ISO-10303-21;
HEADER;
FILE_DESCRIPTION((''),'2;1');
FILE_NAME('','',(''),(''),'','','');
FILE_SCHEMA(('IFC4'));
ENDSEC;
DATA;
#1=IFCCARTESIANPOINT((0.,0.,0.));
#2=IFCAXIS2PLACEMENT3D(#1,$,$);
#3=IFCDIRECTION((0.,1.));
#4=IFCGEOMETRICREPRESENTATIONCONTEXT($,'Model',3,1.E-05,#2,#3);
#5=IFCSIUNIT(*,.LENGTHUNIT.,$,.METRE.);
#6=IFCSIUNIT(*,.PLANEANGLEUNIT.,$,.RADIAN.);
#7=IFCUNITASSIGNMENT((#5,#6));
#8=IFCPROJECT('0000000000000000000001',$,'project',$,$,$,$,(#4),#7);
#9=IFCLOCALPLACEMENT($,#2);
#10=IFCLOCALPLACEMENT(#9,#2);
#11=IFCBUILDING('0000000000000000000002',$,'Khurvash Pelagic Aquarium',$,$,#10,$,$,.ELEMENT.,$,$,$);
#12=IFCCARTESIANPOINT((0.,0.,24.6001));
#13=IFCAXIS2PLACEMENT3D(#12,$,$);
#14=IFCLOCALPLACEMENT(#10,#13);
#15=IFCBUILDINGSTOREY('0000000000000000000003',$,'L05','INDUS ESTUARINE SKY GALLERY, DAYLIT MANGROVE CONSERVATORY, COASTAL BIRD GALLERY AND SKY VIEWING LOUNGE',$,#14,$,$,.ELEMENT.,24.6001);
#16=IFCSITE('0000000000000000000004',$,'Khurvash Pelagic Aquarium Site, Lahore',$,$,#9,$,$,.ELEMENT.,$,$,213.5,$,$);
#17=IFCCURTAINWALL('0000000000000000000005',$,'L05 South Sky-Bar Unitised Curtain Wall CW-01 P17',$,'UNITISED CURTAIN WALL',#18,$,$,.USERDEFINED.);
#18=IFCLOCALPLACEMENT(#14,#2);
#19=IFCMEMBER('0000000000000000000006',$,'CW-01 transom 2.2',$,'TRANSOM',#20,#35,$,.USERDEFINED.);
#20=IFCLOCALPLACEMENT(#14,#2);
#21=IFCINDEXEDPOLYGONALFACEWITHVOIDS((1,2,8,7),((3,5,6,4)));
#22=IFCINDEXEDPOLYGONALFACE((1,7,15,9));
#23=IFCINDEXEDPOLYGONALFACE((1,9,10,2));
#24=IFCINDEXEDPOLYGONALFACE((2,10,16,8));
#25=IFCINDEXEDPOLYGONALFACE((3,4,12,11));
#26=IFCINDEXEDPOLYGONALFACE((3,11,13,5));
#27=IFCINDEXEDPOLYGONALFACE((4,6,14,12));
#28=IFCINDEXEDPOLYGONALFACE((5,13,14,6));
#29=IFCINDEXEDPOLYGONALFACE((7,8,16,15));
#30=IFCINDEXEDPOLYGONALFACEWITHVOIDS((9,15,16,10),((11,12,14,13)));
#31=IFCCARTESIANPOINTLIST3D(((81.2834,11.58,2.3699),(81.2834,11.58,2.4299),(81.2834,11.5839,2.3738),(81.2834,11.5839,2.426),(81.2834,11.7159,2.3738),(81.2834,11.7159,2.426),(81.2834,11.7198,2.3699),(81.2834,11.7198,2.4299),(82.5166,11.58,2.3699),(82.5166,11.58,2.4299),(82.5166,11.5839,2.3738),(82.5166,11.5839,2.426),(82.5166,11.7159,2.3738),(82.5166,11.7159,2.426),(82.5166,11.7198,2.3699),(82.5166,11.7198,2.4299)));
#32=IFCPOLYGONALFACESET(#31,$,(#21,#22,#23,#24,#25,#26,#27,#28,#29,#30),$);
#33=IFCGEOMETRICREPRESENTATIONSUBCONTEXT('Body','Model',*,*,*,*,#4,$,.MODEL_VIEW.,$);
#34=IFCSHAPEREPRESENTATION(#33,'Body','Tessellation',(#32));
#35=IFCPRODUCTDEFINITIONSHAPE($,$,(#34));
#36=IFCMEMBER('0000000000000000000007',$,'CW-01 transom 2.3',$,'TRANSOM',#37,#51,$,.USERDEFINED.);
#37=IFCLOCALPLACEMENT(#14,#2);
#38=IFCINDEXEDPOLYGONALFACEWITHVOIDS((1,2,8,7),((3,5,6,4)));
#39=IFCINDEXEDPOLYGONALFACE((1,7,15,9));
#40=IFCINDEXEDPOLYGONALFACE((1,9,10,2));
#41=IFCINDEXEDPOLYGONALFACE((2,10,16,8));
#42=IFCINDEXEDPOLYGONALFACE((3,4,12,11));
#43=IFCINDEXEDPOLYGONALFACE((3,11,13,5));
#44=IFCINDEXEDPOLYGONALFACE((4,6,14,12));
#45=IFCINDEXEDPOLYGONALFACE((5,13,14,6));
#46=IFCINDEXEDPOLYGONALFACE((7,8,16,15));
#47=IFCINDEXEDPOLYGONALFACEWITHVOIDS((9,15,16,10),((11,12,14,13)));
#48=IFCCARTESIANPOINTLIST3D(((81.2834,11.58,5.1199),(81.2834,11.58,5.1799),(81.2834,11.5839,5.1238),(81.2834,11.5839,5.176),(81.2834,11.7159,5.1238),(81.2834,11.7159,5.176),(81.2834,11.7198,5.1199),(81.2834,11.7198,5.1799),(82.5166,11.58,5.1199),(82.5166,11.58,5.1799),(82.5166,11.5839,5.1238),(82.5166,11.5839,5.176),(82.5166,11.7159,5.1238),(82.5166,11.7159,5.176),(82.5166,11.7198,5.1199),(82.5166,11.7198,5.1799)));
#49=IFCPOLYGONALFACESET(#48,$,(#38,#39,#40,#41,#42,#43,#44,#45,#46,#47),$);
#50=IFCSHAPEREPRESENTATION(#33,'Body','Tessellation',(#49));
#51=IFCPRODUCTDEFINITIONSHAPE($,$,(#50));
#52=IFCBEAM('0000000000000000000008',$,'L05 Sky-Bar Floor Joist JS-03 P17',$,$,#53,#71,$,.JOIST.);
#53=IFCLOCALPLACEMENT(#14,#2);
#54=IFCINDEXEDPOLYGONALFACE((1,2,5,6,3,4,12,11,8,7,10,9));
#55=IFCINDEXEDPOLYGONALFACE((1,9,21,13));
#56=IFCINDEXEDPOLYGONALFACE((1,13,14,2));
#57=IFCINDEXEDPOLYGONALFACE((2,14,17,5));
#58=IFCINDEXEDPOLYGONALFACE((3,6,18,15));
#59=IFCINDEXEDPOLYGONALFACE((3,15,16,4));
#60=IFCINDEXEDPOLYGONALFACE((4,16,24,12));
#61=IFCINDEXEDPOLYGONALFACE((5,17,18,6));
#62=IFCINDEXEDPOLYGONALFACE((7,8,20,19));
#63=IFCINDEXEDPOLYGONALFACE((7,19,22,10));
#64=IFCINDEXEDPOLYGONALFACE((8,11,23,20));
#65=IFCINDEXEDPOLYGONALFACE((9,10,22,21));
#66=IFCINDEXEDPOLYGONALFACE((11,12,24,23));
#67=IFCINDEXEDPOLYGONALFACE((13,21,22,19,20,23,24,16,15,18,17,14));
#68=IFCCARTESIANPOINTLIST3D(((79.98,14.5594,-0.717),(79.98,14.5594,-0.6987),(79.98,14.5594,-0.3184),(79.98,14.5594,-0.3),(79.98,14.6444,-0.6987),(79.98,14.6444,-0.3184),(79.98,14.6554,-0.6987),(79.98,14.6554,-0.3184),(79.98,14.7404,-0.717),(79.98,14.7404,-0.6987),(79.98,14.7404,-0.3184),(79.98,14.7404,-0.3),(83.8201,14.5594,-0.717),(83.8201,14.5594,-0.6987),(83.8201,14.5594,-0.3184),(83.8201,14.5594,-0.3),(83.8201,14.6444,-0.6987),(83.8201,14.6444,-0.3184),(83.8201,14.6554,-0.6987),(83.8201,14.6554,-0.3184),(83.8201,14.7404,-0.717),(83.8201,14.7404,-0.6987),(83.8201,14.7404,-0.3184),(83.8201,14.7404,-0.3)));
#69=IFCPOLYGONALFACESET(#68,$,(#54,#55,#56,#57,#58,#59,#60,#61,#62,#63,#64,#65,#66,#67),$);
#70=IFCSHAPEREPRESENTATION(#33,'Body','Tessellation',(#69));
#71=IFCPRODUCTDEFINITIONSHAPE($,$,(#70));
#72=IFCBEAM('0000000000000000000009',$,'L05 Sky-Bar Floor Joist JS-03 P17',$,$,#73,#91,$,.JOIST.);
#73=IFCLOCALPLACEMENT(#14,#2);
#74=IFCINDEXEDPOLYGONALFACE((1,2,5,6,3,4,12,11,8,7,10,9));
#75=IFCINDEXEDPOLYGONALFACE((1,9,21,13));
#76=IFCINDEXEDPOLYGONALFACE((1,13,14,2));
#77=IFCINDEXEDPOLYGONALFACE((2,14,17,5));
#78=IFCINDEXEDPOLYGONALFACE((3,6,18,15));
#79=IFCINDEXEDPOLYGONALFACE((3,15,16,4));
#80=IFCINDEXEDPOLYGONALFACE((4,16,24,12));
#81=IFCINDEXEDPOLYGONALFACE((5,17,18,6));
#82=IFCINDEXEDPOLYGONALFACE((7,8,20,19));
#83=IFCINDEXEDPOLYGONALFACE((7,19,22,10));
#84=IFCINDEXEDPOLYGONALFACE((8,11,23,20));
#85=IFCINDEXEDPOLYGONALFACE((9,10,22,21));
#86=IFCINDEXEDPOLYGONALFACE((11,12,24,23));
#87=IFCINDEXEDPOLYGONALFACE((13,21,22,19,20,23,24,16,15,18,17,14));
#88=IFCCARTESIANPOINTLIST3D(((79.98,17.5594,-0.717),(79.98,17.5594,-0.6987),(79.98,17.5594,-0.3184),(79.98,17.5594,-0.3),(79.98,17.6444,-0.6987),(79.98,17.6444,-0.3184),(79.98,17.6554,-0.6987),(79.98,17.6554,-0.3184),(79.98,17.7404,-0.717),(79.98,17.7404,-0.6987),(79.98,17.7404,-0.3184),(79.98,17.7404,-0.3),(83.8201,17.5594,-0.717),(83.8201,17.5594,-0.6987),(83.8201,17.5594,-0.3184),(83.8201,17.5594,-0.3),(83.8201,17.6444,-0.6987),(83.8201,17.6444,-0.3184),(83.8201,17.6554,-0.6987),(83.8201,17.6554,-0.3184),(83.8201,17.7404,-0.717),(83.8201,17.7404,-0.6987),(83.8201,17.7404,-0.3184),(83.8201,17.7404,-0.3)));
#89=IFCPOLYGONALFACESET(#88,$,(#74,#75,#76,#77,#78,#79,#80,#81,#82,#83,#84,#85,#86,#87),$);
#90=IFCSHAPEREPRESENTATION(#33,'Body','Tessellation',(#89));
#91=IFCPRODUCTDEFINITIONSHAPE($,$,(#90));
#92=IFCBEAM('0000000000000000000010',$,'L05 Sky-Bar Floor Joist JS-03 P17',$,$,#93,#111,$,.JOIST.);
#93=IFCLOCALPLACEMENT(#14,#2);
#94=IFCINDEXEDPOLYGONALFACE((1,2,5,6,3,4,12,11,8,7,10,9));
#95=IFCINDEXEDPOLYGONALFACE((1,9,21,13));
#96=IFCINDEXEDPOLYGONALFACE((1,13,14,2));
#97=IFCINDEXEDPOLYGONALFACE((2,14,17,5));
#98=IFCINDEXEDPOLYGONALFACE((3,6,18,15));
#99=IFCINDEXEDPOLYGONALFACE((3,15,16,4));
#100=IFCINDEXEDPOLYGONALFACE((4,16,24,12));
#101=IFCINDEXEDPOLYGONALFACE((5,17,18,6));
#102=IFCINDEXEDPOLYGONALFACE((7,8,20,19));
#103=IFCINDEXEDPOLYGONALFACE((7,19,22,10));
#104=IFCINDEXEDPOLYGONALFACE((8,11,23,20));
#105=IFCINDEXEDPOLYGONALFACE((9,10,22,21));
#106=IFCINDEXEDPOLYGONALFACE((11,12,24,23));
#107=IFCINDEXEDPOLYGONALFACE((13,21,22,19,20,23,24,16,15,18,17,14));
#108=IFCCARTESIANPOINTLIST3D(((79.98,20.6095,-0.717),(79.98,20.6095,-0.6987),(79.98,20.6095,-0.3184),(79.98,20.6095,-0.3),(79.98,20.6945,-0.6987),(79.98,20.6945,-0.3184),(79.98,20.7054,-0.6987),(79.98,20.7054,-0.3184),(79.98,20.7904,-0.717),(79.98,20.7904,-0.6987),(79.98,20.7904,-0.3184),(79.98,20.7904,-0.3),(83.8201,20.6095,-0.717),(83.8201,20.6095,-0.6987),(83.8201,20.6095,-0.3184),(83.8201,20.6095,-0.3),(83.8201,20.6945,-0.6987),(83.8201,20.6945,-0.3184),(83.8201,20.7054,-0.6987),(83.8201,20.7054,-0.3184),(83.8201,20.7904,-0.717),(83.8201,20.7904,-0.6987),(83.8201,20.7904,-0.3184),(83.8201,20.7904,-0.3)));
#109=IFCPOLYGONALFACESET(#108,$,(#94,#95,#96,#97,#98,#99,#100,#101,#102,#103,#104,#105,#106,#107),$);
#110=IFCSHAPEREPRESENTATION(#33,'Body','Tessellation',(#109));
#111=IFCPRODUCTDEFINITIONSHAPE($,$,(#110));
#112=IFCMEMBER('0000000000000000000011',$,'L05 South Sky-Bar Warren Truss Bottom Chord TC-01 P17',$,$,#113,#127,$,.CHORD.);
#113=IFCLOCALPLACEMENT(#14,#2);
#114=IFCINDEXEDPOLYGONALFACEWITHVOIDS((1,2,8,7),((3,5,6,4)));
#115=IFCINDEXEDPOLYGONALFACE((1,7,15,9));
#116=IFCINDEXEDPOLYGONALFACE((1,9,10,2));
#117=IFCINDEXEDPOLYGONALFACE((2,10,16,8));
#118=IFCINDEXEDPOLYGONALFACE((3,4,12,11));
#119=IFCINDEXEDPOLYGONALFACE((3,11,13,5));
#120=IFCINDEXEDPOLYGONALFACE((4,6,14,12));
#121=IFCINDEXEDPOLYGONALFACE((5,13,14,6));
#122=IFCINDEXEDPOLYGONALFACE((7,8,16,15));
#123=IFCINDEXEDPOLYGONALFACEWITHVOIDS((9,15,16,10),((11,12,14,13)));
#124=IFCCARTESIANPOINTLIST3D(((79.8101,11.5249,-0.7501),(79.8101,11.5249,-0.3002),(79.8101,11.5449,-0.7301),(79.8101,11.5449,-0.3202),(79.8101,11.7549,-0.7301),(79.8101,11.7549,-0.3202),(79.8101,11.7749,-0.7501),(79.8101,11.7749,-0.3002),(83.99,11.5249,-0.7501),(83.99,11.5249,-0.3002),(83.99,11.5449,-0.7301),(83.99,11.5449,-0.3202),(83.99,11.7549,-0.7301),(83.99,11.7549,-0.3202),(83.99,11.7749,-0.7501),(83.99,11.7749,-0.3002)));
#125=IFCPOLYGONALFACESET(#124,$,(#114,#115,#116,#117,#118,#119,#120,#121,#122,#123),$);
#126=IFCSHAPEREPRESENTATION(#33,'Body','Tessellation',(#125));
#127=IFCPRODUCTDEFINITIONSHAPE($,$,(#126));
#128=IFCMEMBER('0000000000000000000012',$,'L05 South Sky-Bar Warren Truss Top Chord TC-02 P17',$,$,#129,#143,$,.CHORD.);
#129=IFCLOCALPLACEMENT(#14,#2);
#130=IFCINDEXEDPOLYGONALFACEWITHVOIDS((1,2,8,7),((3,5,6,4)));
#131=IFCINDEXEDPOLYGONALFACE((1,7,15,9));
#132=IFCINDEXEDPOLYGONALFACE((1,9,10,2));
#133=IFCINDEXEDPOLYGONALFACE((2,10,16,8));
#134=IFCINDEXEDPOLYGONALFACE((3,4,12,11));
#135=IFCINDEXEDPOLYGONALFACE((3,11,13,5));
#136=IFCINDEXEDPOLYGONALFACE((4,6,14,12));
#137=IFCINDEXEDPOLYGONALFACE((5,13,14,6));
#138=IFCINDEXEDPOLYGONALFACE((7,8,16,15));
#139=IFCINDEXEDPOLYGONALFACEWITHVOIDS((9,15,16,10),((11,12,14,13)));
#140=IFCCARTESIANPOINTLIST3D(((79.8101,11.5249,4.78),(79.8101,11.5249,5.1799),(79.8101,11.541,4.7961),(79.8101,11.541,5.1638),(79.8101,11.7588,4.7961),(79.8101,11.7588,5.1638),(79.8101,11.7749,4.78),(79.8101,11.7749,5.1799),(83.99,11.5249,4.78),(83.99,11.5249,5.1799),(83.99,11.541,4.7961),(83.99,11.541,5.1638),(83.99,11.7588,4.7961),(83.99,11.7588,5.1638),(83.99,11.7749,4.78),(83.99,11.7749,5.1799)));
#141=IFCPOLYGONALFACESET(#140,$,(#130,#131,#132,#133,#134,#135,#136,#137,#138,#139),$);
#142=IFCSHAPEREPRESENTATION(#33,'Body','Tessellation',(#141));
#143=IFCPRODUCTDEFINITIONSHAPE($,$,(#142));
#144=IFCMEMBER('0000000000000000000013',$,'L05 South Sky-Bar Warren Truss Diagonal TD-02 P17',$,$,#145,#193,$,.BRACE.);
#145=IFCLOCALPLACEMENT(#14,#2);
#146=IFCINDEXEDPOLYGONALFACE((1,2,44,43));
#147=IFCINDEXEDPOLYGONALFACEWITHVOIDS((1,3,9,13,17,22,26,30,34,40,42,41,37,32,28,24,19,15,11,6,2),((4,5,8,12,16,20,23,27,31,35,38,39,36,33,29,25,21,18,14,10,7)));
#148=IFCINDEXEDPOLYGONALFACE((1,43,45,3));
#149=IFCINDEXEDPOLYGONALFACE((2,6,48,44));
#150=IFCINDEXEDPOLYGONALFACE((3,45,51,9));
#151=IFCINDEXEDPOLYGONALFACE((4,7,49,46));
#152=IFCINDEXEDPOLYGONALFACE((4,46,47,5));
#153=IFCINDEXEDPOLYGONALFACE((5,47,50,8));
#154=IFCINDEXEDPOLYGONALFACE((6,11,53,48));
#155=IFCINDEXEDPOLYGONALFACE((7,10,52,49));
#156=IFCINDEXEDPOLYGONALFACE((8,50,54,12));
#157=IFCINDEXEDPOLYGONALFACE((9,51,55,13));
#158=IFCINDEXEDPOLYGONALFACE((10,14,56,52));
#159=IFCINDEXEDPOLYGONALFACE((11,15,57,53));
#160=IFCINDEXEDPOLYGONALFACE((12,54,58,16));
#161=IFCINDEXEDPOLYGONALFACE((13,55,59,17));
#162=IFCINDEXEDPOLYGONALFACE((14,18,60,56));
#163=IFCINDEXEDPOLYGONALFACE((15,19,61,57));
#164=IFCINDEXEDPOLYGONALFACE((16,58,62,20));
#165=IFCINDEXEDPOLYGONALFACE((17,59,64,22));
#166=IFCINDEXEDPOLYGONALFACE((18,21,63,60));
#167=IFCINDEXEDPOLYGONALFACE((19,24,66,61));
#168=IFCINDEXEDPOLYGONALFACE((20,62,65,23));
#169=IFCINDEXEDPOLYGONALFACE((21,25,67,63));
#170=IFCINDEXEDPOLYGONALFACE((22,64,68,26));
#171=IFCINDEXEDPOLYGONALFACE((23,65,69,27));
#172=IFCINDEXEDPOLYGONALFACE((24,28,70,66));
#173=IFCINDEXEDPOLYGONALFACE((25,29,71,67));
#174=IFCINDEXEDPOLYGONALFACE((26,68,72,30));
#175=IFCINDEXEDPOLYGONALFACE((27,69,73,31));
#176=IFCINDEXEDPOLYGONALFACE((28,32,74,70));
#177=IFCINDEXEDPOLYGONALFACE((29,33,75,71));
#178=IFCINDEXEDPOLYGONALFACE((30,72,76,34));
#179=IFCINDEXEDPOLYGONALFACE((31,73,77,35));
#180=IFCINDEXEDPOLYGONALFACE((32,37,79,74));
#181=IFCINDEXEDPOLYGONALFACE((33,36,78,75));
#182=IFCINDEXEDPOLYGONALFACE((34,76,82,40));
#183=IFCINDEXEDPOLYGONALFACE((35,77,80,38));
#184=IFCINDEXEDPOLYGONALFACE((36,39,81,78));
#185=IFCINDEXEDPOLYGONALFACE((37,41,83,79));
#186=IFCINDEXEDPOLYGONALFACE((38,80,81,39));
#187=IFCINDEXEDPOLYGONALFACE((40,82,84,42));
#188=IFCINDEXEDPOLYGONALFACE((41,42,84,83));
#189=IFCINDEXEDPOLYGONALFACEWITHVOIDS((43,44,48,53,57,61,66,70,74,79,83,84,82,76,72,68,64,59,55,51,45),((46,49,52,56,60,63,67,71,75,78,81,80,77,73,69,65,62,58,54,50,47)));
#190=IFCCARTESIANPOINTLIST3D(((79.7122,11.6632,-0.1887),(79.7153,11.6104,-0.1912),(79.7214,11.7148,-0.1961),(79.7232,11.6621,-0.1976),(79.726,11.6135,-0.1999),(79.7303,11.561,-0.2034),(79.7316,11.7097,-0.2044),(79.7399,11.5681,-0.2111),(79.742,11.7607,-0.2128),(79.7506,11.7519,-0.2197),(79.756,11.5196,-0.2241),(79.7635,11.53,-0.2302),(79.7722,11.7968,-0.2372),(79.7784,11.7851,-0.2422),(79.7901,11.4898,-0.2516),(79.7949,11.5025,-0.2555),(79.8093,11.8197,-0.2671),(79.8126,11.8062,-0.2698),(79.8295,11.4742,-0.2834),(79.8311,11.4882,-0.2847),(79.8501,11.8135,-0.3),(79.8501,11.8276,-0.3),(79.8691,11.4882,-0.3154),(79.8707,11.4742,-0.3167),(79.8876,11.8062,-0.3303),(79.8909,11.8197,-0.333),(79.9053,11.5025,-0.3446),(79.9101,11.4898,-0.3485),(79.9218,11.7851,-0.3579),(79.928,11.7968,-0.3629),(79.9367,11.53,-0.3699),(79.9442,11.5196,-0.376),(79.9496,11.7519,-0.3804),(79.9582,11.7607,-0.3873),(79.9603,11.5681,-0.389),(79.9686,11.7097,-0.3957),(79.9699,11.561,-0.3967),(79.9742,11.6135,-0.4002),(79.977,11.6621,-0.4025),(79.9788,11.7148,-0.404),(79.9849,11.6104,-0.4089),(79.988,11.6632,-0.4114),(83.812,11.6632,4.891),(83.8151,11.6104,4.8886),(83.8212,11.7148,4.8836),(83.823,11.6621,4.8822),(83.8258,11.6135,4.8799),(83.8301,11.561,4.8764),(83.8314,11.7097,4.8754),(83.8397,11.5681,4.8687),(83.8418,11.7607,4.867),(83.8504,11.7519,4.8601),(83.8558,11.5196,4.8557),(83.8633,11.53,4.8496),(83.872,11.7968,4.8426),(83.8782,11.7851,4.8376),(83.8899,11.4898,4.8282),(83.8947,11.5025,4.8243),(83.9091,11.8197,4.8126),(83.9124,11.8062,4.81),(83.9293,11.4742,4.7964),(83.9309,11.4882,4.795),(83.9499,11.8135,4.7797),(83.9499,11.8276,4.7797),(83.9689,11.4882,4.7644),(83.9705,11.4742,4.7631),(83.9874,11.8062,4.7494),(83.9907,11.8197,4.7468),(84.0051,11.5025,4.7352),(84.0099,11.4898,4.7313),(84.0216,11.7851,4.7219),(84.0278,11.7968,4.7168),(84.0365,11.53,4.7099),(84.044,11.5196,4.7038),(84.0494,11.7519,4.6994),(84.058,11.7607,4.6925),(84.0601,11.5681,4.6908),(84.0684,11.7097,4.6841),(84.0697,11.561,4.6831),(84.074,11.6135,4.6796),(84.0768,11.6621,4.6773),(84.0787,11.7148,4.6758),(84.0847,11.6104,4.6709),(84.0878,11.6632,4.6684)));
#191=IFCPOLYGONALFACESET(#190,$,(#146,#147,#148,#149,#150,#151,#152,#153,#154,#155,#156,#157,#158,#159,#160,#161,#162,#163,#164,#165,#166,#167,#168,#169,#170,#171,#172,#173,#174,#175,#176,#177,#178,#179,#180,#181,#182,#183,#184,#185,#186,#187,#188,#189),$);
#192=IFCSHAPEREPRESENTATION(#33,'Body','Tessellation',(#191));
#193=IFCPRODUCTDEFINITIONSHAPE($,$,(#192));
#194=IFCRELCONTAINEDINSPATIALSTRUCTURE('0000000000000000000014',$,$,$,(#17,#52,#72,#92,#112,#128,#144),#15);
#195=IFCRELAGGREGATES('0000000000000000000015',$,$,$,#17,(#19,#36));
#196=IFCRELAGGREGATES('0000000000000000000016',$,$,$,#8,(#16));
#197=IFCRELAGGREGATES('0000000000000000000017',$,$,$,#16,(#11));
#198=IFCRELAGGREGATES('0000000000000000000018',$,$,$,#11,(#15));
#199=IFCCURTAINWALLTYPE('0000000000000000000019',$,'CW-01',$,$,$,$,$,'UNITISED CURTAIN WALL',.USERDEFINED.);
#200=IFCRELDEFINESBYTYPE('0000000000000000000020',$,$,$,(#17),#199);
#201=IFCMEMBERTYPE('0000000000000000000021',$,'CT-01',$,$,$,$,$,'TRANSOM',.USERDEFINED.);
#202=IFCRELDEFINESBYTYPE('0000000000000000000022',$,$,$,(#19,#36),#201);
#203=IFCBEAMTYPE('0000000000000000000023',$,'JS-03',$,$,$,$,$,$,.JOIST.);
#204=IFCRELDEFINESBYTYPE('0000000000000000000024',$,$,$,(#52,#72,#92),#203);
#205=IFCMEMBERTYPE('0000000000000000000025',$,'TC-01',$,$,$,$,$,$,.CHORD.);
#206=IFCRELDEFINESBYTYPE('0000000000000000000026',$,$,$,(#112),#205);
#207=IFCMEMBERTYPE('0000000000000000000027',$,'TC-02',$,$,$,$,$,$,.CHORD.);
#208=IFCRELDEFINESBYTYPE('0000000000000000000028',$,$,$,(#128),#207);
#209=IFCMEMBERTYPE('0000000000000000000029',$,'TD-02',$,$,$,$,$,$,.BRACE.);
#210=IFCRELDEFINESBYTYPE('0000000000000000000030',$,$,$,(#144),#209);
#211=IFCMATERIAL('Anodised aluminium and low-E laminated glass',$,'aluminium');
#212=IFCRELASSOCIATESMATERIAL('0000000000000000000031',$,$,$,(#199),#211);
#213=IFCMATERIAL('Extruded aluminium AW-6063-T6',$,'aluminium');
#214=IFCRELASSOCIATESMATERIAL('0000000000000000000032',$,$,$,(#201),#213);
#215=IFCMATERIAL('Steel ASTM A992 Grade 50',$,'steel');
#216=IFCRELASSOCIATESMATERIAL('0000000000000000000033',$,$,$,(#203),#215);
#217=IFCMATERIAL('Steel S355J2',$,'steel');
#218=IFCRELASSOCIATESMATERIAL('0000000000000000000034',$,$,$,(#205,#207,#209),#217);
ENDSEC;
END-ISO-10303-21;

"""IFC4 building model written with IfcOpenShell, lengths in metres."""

from ifc_helpers import new_model, si_unit, direction, frame, origin, origin_2d, place, context, subcontext, project, spatial, hollow_rectangle, hollow_circle, i_section, extrude, material, material_profile, profile_set, type_object, element, aggregate, save


model = new_model("IFC4")

# Units and contexts
model_context = context("Model", 3, precision=1e-05, world=origin(), true_north=direction((0.0, 1.0)))
body_context = subcontext(model_context, "Body", "Model", "MODEL_VIEW")
ifc_project = project(units=[si_unit("LENGTHUNIT", "METRE"), si_unit("PLANEANGLEUNIT", "RADIAN")], contexts=[model_context])

# Site, building, storey
site_placement = place(None, origin())
site = spatial("IfcSite", under=ifc_project, at=site_placement, Name="Khurvash Pelagic Aquarium Site, Lahore", CompositionType="ELEMENT", RefElevation=213.5)
building_placement = place(site_placement, origin())
building = spatial("IfcBuilding", under=site, at=building_placement, Name="Khurvash Pelagic Aquarium", CompositionType="ELEMENT")
storey_placement = place(building_placement, frame((0.0, 0.0, 24.6001)))
storey = spatial("IfcBuildingStorey", under=building, at=storey_placement, Name="L05", Description="INDUS ESTUARINE SKY GALLERY, DAYLIT MANGROVE CONSERVATORY, COASTAL BIRD GALLERY AND SKY VIEWING LOUNGE", CompositionType="ELEMENT", Elevation=24.6001)

# Shared definitions
ifc_material_1 = material(Name="Steel ASTM A992 Grade 50", Category="steel")

# Shared definitions
ifc_material_2 = material(Name="Anodised aluminium and low-E laminated glass", Category="aluminium")
curtain_wall_type = type_object("IfcCurtainWallType", Name="CW-01", ElementType="UNITISED CURTAIN WALL", PredefinedType="USERDEFINED", material=ifc_material_2)
ifc_material_3 = material(Name="Extruded aluminium AW-6063-T6", Category="aluminium")

# Curtain wall
curtain_wall_1_placement = place(storey_placement, origin())
curtain_wall_1 = element("IfcCurtainWall", 1, at=curtain_wall_1_placement, inside=storey, type_object=curtain_wall_type, Name="L05 South Sky-Bar Unitised Curtain Wall CW-01 P17", ObjectType="UNITISED CURTAIN WALL", PredefinedType="USERDEFINED")

# Members
ifc_material_profile_1 = material_profile(ifc_material_3, hollow_rectangle(XDim=0.1399, YDim=0.0601, WallThickness=0.0039, at=origin_2d()), Name="CWT140X60X4")
ifc_profile_set_1 = profile_set([ifc_material_profile_1], Name="Extruded aluminium AW-6063-T6")
member_type_1 = type_object("IfcMemberType", Name="CT-01", ElementType="TRANSOM", PredefinedType="USERDEFINED", material=ifc_profile_set_1)
member_1_placement = place(storey_placement, frame((81.2834, 11.6499, 2.3999), z_axis=(1.0, 0.0, 0.0), x_axis=(0.0, 1.0, 0.0)))
member_1 = element("IfcMember", 2, at=member_1_placement, type_object=member_type_1, Name="CW-01 transom 2.2", ObjectType="TRANSOM", PredefinedType="USERDEFINED", context=body_context, shape_type="SweptSolid", body=[
    extrude(hollow_rectangle(XDim=0.1399, YDim=0.0601, WallThickness=0.0039, at=origin_2d()), origin(), (0.0, 0.0, 1.0), 1.2332),
])
member_2_placement = place(storey_placement, frame((81.2834, 11.6499, 5.1499), z_axis=(1.0, 0.0, 0.0), x_axis=(0.0, 1.0, 0.0)))
member_2 = element("IfcMember", 3, at=member_2_placement, type_object=member_type_1, Name="CW-01 transom 2.3", ObjectType="TRANSOM", PredefinedType="USERDEFINED", context=body_context, shape_type="SweptSolid", body=[
    extrude(hollow_rectangle(XDim=0.1399, YDim=0.0601, WallThickness=0.0039, at=origin_2d()), origin(), (0.0, 0.0, 1.0), 1.2332),
])

# Beams
ifc_material_profile_2 = material_profile(ifc_material_1, i_section(OverallWidth=0.1809, OverallDepth=0.417, WebThickness=0.011, FlangeThickness=0.0183, at=origin_2d()), Name="W16X57")
ifc_profile_set_2 = profile_set([ifc_material_profile_2], Name="Steel ASTM A992 Grade 50")
beam_type_1 = type_object("IfcBeamType", Name="JS-03", PredefinedType="JOIST", material=ifc_profile_set_2)
for number, where, z_axis, x_axis, name in (
    (4, (79.98, 14.6499, -0.5085), (1.0, 0.0, 0.0), (0.0, 1.0, 0.0), "L05 Sky-Bar Floor Joist JS-03 P17"),
    (5, (79.98, 17.6499, -0.5085), (1.0, 0.0, 0.0), (0.0, 1.0, 0.0), "L05 Sky-Bar Floor Joist JS-03 P17"),
    (6, (79.98, 20.7, -0.5085), (1.0, 0.0, 0.0), (0.0, 1.0, 0.0), "L05 Sky-Bar Floor Joist JS-03 P17"),
):
    element("IfcBeam", number, at=place(storey_placement, frame(where, z_axis=z_axis, x_axis=x_axis)), inside=storey, type_object=beam_type_1, Name=name, PredefinedType="JOIST", context=body_context, shape_type="SweptSolid", body=[
        extrude(i_section(OverallWidth=0.1809, OverallDepth=0.417, WebThickness=0.011, FlangeThickness=0.0183, at=origin_2d()), origin(), (0.0, 0.0, 1.0), 3.8401),
    ])

# Members
ifc_material_4 = material(Name="Steel S355J2", Category="steel")
ifc_material_profile_3 = material_profile(ifc_material_4, hollow_rectangle(XDim=0.25, YDim=0.45, WallThickness=0.02, at=origin_2d()), Name="RHS450X250X20")
ifc_profile_set_3 = profile_set([ifc_material_profile_3], Name="Steel S355J2")
member_type_2 = type_object("IfcMemberType", Name="TC-01", PredefinedType="CHORD", material=ifc_profile_set_3)
member_3_placement = place(storey_placement, frame((79.8101, 11.6499, -0.5251), z_axis=(1.0, 0.0, 0.0), x_axis=(0.0, 1.0, 0.0)))
element("IfcMember", 7, at=member_3_placement, inside=storey, type_object=member_type_2, Name="L05 South Sky-Bar Warren Truss Bottom Chord TC-01 P17", PredefinedType="CHORD", context=body_context, shape_type="SweptSolid", body=[
    extrude(hollow_rectangle(XDim=0.25, YDim=0.45, WallThickness=0.02, at=origin_2d()), origin(), (0.0, 0.0, 1.0), 4.1799),
])
ifc_material_profile_4 = material_profile(ifc_material_4, hollow_rectangle(XDim=0.25, YDim=0.3999, WallThickness=0.0161, at=origin_2d()), Name="RHS400X250X16")
ifc_profile_set_4 = profile_set([ifc_material_profile_4], Name="Steel S355J2")
member_type_3 = type_object("IfcMemberType", Name="TC-02", PredefinedType="CHORD", material=ifc_profile_set_4)
member_4_placement = place(storey_placement, frame((79.8101, 11.6499, 4.98), z_axis=(1.0, 0.0, 0.0), x_axis=(0.0, 1.0, 0.0)))
element("IfcMember", 8, at=member_4_placement, inside=storey, type_object=member_type_3, Name="L05 South Sky-Bar Warren Truss Top Chord TC-02 P17", PredefinedType="CHORD", context=body_context, shape_type="SweptSolid", body=[
    extrude(hollow_rectangle(XDim=0.25, YDim=0.3999, WallThickness=0.0161, at=origin_2d()), origin(), (0.0, 0.0, 1.0), 4.1799),
])
ifc_material_profile_5 = material_profile(ifc_material_4, hollow_circle(Radius=0.1777, WallThickness=0.0142, at=origin_2d()), Name="CHS355X14")
ifc_profile_set_5 = profile_set([ifc_material_profile_5], Name="Steel S355J2")
member_type_4 = type_object("IfcMemberType", Name="TD-02", PredefinedType="BRACE", material=ifc_profile_set_5)
member_5_placement = place(storey_placement, frame((79.8501, 11.6499, -0.3), z_axis=(0.628051, 0.0, 0.778172), x_axis=(0.0, 1.0, 0.0)))
element("IfcMember", 9, at=member_5_placement, inside=storey, type_object=member_type_4, Name="L05 South Sky-Bar Warren Truss Diagonal TD-02 P17", PredefinedType="BRACE", context=body_context, shape_type="SweptSolid", body=[
    extrude(hollow_circle(Radius=0.1777, WallThickness=0.0142, at=origin_2d()), origin(), (0.0, 0.0, 1.0), 6.5278),
])

aggregate(curtain_wall_1, [member_1, member_2])

save(model, "model.ifc")
